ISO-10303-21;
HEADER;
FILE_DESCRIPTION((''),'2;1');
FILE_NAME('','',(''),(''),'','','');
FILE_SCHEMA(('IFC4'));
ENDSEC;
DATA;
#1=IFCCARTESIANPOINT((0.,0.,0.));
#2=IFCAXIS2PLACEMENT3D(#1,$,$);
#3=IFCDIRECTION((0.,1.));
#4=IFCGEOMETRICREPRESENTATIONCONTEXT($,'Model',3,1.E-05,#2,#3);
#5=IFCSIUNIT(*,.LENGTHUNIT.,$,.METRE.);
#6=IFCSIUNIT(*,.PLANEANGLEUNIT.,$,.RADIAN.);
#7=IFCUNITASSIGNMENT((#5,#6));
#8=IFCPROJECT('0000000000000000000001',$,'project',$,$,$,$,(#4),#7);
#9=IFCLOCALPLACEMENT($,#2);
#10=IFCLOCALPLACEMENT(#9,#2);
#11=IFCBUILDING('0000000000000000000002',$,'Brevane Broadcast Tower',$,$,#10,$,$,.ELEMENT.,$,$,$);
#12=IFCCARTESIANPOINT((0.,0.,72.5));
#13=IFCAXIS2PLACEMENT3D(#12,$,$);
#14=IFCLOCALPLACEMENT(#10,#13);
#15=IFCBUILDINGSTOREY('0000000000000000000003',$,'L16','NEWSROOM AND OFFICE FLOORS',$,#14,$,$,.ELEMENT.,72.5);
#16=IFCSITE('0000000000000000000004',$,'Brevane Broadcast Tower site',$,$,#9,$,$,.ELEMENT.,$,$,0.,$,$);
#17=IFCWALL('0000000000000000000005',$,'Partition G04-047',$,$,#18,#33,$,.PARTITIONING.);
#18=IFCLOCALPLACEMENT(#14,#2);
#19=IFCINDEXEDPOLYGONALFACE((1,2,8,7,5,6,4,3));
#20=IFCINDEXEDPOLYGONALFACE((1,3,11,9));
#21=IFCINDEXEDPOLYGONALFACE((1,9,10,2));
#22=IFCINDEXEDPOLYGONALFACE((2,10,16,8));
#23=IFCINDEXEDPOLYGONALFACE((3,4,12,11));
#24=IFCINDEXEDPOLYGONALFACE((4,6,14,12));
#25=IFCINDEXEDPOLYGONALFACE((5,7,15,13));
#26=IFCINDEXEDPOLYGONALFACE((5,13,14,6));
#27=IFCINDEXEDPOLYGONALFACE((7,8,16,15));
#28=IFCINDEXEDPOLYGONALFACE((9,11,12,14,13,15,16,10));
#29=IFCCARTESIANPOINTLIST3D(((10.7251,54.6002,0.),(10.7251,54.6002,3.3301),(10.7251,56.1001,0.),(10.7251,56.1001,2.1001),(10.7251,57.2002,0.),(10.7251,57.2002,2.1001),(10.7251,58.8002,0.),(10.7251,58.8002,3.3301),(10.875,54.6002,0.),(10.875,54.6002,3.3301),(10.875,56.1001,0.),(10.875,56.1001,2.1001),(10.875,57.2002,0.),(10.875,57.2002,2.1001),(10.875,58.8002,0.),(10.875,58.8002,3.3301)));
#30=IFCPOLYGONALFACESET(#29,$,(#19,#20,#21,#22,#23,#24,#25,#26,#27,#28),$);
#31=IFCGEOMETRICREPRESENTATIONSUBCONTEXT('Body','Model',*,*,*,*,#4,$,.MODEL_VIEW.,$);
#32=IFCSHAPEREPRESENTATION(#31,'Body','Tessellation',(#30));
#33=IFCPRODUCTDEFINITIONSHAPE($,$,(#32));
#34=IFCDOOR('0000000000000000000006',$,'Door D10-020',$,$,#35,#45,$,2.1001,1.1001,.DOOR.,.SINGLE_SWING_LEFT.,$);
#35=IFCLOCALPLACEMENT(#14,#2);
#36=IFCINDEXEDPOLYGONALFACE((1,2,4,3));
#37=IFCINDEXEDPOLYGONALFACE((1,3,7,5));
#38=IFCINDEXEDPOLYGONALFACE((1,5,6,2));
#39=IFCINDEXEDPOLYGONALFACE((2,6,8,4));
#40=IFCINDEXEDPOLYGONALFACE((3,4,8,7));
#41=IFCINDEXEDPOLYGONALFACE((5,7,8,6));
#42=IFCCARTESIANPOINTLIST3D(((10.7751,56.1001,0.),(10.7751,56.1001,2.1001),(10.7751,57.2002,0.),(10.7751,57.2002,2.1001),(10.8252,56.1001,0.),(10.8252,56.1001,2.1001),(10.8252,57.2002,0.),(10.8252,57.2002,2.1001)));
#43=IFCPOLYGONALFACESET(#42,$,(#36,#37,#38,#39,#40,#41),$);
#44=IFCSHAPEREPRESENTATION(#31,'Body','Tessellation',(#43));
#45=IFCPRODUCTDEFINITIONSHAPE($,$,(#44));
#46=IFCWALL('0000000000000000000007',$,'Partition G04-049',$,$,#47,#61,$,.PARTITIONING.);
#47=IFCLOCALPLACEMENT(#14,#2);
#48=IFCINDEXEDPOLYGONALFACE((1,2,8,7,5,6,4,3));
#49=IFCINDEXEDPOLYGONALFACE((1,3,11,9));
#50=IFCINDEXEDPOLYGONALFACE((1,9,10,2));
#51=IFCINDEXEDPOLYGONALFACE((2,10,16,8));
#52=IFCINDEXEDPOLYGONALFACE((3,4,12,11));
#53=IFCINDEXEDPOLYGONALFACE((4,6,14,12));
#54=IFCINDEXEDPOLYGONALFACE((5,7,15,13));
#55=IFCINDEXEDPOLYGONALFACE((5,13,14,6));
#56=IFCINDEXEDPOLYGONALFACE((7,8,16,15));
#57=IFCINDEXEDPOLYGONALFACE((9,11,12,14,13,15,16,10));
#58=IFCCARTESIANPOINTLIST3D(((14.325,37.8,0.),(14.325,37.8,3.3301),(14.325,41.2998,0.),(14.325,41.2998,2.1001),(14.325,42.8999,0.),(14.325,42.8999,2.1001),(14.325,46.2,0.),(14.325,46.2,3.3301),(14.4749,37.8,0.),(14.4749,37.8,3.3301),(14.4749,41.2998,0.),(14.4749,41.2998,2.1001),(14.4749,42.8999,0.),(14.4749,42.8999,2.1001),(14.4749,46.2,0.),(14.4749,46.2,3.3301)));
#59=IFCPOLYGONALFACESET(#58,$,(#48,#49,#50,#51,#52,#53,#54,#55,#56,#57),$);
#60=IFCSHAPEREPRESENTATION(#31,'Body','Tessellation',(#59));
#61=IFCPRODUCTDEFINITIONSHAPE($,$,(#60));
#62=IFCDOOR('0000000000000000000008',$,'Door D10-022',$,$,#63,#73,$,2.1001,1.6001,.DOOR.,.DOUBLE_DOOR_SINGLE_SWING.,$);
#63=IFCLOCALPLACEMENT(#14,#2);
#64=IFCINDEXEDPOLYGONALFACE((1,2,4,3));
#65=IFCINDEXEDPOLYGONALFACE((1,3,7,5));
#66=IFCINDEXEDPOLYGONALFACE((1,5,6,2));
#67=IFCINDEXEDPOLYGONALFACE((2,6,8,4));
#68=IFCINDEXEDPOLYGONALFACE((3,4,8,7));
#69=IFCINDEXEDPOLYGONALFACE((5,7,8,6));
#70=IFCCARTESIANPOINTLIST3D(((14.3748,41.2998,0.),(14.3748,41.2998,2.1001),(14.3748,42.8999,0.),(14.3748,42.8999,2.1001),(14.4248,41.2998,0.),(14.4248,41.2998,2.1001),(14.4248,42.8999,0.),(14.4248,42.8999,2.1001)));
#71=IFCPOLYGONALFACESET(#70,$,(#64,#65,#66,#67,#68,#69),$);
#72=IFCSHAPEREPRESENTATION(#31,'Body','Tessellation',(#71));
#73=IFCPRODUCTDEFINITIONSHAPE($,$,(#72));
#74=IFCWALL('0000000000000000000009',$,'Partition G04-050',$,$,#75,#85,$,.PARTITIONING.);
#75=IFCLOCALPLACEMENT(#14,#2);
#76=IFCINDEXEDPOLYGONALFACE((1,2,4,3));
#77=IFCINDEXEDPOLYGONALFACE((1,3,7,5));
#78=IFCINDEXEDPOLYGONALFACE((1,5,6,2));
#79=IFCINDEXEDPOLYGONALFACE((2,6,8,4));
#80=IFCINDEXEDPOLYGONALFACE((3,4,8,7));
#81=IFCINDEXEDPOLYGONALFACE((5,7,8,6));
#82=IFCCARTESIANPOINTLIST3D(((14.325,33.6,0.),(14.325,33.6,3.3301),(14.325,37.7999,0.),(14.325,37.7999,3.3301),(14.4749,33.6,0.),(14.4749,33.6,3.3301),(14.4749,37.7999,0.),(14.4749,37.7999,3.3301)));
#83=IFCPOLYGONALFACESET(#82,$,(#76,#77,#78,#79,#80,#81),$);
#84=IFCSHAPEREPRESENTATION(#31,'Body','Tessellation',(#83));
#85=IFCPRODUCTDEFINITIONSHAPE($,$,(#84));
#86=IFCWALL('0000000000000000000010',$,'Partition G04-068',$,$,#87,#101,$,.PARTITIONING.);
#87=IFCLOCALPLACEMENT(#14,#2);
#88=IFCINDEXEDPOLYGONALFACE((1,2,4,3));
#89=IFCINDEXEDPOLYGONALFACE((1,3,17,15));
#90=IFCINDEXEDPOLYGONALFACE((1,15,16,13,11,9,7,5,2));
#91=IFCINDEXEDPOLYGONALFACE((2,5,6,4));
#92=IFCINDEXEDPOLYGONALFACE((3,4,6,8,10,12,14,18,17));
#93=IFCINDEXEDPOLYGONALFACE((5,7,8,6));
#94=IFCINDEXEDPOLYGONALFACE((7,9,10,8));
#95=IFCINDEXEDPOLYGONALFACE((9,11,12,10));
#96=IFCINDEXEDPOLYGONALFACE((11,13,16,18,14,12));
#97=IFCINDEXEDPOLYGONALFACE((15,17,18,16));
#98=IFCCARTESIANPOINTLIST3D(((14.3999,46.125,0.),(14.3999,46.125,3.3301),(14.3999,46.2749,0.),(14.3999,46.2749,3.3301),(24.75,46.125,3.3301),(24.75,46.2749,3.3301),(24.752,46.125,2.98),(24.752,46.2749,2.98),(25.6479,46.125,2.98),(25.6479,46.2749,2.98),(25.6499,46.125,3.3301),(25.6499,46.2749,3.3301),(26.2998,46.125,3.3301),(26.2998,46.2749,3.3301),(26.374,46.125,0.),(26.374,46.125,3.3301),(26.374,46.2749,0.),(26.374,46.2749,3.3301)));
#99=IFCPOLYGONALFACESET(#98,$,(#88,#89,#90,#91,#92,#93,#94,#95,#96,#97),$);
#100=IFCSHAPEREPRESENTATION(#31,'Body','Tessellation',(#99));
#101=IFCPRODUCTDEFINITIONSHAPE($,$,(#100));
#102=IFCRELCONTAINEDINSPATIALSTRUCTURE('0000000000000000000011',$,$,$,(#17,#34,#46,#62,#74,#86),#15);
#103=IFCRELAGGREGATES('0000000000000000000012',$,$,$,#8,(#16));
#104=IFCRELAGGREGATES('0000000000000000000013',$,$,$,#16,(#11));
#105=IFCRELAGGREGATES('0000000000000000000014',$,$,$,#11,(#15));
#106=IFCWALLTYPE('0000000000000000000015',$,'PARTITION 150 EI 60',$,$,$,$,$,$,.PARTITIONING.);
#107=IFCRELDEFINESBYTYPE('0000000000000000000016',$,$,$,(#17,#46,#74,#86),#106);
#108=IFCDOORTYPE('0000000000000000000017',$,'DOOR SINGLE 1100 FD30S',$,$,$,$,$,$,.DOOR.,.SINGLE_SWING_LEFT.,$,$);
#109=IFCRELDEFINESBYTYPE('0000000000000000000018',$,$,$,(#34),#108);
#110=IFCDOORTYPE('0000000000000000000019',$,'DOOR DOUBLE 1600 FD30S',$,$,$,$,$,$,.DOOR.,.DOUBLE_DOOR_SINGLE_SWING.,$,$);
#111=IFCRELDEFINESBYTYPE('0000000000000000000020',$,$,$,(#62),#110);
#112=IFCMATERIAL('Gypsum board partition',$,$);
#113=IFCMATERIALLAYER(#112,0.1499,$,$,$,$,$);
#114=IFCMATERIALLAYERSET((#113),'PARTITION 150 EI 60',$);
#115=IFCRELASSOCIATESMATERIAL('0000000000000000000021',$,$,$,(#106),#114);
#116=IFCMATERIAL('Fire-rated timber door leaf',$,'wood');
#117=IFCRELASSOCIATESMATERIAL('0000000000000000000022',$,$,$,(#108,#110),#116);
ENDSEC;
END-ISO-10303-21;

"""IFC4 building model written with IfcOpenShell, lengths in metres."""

from ifc_helpers import new_model, si_unit, direction, frame, frame_2d, origin, place, context, subcontext, project, spatial, polyline, rectangle, outline, extrude, material, layer, layer_set, type_object, element, fill, save


model = new_model("IFC4")

# Units and contexts
model_context = context("Model", 3, precision=1e-05, world=origin(), true_north=direction((0.0, 1.0)))
body_context = subcontext(model_context, "Body", "Model", "MODEL_VIEW")
ifc_project = project(units=[si_unit("LENGTHUNIT", "METRE"), si_unit("PLANEANGLEUNIT", "RADIAN")], contexts=[model_context])

# Site, building, storey
site_placement = place(None, origin())
site = spatial("IfcSite", under=ifc_project, at=site_placement, Name="Brevane Broadcast Tower site", CompositionType="ELEMENT", RefElevation=0.0)
building_placement = place(site_placement, origin())
building = spatial("IfcBuilding", under=site, at=building_placement, Name="Brevane Broadcast Tower", CompositionType="ELEMENT")
storey_placement = place(building_placement, frame((0.0, 0.0, 72.5)))
storey = spatial("IfcBuildingStorey", under=building, at=storey_placement, Name="L16", Description="NEWSROOM AND OFFICE FLOORS", CompositionType="ELEMENT", Elevation=72.5)

# Shared definitions
ifc_material_1 = material(Name="Gypsum board partition")
ifc_layer_1 = layer(ifc_material_1, 0.1499)
ifc_layer_set_1 = layer_set([ifc_layer_1], Name="PARTITION 150 EI 60")
wall_type_1 = type_object("IfcWallType", Name="PARTITION 150 EI 60", PredefinedType="PARTITIONING", material=ifc_layer_set_1)

# Walls, openings, doors
ifc_material_2 = material(Name="Fire-rated timber door leaf", Category="wood")
door_type_1 = type_object("IfcDoorType", Name="DOOR SINGLE 1100 FD30S", OperationType="SINGLE_SWING_LEFT", PredefinedType="DOOR", material=ifc_material_2)
wall_1_placement = place(storey_placement, frame((10.8, 54.6001, 0.0), z_axis=(0.0, 0.0, 1.0), x_axis=(0.0, 1.0, 0.0)))
wall_1 = element("IfcWall", 1, at=wall_1_placement, inside=storey, type_object=wall_type_1, Name="Partition G04-047", PredefinedType="PARTITIONING", context=body_context, shape_type="SweptSolid", body=[
    extrude(rectangle(XDim=4.2, YDim=0.1499, at=frame_2d((2.1001, 0.0))), origin(), (0.0, 0.0, 1.0), 3.3301),
])
opening_1_placement = place(wall_1_placement, frame((1.5, 0.0, 0.0)))
opening_1 = element("IfcOpeningElement", 2, at=opening_1_placement, cuts=wall_1, PredefinedType="OPENING", context=body_context, shape_type="SweptSolid", body=[
    extrude(rectangle(XDim=1.1001, YDim=2.1001, at=frame_2d((0.55, 1.05))), frame((0.0, 0.085, 0.0), z_axis=(0.0, -1.0, 0.0), x_axis=(1.0, 0.0, 0.0)), (0.0, 0.0, 1.0), 0.1699),
])
door_1_placement = place(opening_1_placement, origin())
door_1 = element("IfcDoor", 3, at=door_1_placement, inside=storey, type_object=door_type_1, Name="Door D10-020", OperationType="SINGLE_SWING_LEFT", OverallHeight=2.1001, OverallWidth=1.1001, PredefinedType="DOOR", context=body_context, shape_type="SweptSolid", body=[
    extrude(rectangle(XDim=1.1001, YDim=2.1001, at=frame_2d((0.55, 1.05))), frame((0.0, 0.0249, 0.0), z_axis=(0.0, -1.0, 0.0), x_axis=(1.0, 0.0, 0.0)), (0.0, 0.0, 1.0), 0.05),
])
fill(opening_1, door_1)
wall_2_placement = place(storey_placement, frame((14.3999, 46.2, 0.0), z_axis=(0.0, 0.0, 1.0), x_axis=(0.0, -1.0, 0.0)))
wall_2 = element("IfcWall", 4, at=wall_2_placement, inside=storey, type_object=wall_type_1, Name="Partition G04-049", PredefinedType="PARTITIONING", context=body_context, shape_type="SweptSolid", body=[
    extrude(rectangle(XDim=8.3999, YDim=0.1499, at=frame_2d((4.2, 0.0))), origin(), (0.0, 0.0, 1.0), 3.3301),
])
opening_2_placement = place(wall_2_placement, frame((3.3, 0.0, 0.0)))
opening_2 = element("IfcOpeningElement", 5, at=opening_2_placement, cuts=wall_2, PredefinedType="OPENING", context=body_context, shape_type="SweptSolid", body=[
    extrude(rectangle(XDim=1.6001, YDim=2.1001, at=frame_2d((0.8, 1.05))), frame((0.0, 0.085, 0.0), z_axis=(0.0, -1.0, 0.0), x_axis=(1.0, 0.0, 0.0)), (0.0, 0.0, 1.0), 0.1699),
])
door_type_2 = type_object("IfcDoorType", Name="DOOR DOUBLE 1600 FD30S", OperationType="DOUBLE_DOOR_SINGLE_SWING", PredefinedType="DOOR", material=ifc_material_2)
door_2_placement = place(opening_2_placement, origin())
door_2 = element("IfcDoor", 6, at=door_2_placement, inside=storey, type_object=door_type_2, Name="Door D10-022", OperationType="DOUBLE_DOOR_SINGLE_SWING", OverallHeight=2.1001, OverallWidth=1.6001, PredefinedType="DOOR", context=body_context, shape_type="SweptSolid", body=[
    extrude(rectangle(XDim=1.6001, YDim=2.1001, at=frame_2d((0.8, 1.05))), frame((0.0, 0.0249, 0.0), z_axis=(0.0, -1.0, 0.0), x_axis=(1.0, 0.0, 0.0)), (0.0, 0.0, 1.0), 0.05),
])
fill(opening_2, door_2)

# Walls
wall_3_placement = place(storey_placement, frame((14.3999, 37.8, 0.0), z_axis=(0.0, 0.0, 1.0), x_axis=(0.0, -1.0, 0.0)))
element("IfcWall", 7, at=wall_3_placement, inside=storey, type_object=wall_type_1, Name="Partition G04-050", PredefinedType="PARTITIONING", context=body_context, shape_type="SweptSolid", body=[
    extrude(rectangle(XDim=4.2, YDim=0.1499, at=frame_2d((2.1001, 0.0))), origin(), (0.0, 0.0, 1.0), 3.3301),
])
wall_4_placement = place(storey_placement, frame((14.3999, 46.2, 0.0), z_axis=(0.0, 0.0, 1.0), x_axis=(1.0, 0.0, 0.0)))
element("IfcWall", 8, at=wall_4_placement, inside=storey, type_object=wall_type_1, Name="Partition G04-068", PredefinedType="PARTITIONING", context=body_context, shape_type="SweptSolid", body=[
    extrude(outline(polyline([(0.0, 0.0), (11.9741, 0.0), (11.9741, 3.3301), (11.8999, 3.3301), (11.25, 3.3301), (11.248, 2.98), (10.3521, 2.98), (10.3501, 3.3301), (0.0, 3.3301), (0.0, 0.0)])), frame((0.0, 0.075, 0.0), z_axis=(0.0, -1.0, 0.0), x_axis=(1.0, 0.0, 0.0)), (0.0, 0.0, 1.0), 0.1499),
])

save(model, "model.ifc")
